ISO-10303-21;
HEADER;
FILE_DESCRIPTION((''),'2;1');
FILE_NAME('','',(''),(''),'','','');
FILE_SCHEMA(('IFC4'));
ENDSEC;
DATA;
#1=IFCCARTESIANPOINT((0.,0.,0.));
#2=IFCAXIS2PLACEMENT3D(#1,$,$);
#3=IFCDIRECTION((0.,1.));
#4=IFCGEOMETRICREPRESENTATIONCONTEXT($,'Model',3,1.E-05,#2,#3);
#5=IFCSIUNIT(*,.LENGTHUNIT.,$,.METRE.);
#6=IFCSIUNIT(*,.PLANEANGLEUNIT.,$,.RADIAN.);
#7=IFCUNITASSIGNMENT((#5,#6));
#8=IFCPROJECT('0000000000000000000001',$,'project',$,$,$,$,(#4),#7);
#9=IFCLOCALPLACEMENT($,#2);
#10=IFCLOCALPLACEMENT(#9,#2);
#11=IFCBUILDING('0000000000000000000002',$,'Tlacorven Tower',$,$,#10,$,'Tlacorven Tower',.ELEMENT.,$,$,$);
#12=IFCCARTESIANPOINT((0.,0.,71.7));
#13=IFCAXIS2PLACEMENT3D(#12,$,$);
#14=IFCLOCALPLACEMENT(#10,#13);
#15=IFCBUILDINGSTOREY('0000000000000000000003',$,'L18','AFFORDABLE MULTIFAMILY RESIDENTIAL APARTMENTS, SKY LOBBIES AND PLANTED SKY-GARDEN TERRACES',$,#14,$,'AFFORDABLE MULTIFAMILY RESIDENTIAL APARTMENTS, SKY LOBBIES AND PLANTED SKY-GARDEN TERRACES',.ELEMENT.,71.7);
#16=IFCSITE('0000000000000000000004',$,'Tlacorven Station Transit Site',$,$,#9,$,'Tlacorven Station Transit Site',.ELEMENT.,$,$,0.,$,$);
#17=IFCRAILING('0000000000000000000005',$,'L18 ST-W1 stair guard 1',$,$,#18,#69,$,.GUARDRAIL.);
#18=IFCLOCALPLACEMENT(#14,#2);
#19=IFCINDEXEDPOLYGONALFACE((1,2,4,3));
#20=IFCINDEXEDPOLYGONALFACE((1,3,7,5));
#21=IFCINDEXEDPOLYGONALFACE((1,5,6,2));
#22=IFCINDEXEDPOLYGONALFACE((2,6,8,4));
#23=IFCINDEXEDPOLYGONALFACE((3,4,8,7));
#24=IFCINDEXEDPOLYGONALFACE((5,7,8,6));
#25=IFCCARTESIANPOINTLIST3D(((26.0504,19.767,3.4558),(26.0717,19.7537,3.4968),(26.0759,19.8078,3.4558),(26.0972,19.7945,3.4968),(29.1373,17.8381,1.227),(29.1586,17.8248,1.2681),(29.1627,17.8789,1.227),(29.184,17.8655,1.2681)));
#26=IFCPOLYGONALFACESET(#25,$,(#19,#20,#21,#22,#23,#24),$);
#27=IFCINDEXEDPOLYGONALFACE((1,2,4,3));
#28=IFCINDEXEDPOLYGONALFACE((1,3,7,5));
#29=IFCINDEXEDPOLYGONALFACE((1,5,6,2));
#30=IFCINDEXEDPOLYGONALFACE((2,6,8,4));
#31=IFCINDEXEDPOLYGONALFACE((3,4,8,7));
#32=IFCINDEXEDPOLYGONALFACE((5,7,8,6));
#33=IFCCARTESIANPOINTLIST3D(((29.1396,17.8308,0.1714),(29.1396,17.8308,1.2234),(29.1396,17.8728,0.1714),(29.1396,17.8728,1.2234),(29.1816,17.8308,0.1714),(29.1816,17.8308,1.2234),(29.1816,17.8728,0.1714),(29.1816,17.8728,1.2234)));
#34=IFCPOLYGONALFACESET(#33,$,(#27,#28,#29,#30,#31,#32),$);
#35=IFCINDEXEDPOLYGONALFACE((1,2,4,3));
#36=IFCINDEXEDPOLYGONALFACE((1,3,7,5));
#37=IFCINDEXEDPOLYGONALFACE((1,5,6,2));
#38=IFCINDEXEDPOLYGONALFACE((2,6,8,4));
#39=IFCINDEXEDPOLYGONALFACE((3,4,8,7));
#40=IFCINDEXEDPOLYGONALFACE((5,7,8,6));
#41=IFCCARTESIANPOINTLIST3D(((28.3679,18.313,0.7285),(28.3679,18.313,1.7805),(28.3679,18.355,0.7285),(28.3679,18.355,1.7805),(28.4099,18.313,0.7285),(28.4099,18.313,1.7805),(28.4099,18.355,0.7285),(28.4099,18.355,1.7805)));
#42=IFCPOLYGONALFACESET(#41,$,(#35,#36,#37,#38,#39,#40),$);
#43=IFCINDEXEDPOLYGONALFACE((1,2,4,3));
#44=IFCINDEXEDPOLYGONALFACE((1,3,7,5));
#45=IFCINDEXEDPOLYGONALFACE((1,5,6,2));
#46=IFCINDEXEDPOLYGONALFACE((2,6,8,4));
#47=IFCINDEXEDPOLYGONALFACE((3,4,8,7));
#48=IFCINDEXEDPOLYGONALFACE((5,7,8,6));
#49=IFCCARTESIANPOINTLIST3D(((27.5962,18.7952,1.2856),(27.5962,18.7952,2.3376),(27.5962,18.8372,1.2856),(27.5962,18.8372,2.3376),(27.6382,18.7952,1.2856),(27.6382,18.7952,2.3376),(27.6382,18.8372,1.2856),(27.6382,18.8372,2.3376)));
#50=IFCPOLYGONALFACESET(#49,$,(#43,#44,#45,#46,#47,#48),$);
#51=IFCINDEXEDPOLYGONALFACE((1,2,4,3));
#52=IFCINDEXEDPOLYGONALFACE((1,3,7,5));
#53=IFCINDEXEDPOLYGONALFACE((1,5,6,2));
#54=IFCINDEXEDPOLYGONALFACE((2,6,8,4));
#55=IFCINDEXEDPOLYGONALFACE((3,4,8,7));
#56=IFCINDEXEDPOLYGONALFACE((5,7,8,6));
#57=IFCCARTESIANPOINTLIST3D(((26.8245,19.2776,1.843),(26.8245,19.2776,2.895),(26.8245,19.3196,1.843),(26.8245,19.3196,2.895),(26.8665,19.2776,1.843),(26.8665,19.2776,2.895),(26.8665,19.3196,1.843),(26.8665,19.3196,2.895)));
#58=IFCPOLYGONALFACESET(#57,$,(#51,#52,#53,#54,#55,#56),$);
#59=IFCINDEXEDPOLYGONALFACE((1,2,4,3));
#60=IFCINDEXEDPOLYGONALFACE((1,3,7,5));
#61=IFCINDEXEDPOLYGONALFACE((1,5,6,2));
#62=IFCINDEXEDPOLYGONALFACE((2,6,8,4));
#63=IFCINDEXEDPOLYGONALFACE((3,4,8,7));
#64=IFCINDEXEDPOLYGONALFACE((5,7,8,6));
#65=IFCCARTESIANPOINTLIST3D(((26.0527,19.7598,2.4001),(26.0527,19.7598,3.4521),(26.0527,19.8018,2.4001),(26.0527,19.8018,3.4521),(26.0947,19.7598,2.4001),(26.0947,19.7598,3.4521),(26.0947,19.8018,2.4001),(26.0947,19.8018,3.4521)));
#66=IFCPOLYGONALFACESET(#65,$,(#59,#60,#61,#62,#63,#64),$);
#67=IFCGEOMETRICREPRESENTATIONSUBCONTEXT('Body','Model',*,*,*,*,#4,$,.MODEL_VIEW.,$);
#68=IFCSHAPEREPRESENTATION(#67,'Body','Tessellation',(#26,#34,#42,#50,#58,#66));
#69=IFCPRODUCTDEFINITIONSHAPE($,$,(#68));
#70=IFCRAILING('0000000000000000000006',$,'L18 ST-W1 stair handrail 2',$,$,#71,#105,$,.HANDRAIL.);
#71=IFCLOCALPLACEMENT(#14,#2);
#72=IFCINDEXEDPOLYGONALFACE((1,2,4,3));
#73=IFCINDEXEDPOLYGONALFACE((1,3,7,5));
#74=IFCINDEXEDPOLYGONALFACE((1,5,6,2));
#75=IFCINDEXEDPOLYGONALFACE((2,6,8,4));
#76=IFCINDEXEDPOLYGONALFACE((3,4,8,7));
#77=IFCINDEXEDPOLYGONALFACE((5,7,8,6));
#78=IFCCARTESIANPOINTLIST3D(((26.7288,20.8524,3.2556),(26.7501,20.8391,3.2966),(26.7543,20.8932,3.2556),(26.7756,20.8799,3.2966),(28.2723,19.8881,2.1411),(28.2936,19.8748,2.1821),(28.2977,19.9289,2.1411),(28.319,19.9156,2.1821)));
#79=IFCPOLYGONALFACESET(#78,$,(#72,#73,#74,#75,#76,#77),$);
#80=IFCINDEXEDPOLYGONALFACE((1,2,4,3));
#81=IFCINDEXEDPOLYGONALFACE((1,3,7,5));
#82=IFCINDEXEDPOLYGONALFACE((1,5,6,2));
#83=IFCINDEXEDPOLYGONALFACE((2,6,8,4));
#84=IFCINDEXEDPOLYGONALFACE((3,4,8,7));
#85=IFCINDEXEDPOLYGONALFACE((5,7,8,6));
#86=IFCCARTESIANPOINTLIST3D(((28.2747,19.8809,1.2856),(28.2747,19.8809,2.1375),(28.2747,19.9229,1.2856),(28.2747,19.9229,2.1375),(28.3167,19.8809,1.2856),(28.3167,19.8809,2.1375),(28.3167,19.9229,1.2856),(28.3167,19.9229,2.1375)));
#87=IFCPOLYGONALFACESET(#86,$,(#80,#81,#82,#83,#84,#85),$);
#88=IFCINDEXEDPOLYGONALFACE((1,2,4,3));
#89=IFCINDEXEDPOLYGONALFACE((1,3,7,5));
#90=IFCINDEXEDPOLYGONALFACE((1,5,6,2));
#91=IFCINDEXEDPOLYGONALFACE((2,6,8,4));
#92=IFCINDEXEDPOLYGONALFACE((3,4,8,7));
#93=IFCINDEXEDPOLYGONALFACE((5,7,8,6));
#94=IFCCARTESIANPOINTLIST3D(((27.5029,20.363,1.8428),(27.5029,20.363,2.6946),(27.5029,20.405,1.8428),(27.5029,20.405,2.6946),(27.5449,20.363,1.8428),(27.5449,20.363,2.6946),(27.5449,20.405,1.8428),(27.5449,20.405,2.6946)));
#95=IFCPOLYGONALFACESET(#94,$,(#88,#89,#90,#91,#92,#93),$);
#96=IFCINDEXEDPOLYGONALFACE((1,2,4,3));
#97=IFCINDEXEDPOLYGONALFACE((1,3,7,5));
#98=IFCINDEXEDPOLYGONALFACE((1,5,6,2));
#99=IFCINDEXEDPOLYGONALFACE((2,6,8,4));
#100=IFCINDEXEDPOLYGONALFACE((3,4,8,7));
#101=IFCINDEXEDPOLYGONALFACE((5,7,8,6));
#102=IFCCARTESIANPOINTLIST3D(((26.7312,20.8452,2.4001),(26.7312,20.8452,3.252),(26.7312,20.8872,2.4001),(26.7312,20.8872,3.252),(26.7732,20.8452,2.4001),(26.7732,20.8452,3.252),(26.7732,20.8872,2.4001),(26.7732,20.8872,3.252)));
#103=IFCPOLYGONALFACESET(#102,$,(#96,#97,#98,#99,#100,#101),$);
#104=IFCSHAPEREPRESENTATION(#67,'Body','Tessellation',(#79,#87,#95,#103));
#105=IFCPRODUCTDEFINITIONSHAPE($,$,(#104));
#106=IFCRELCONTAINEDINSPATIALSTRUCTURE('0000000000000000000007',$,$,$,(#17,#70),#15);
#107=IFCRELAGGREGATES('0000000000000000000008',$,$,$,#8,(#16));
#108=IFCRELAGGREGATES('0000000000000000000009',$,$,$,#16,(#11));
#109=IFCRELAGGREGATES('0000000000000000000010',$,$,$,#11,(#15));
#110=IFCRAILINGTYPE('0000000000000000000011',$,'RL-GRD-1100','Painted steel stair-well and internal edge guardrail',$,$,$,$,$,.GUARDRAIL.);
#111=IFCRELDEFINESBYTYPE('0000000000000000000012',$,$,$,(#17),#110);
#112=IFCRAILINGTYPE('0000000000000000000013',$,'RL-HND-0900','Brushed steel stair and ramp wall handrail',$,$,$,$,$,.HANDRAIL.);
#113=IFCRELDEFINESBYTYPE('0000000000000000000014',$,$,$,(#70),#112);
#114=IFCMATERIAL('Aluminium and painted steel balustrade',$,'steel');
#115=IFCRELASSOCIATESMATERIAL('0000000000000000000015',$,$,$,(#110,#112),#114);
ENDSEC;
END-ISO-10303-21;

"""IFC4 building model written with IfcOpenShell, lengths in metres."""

from ifc_helpers import new_model, si_unit, direction, frame, origin, origin_2d, place, context, subcontext, project, spatial, rectangle, extrude, source, transform, mapped, material, type_object, element, save


model = new_model("IFC4")

# Units and contexts
model_context = context("Model", 3, precision=1e-05, world=origin(), true_north=direction((0.0, 1.0)))
body_context = subcontext(model_context, "Body", "Model", "MODEL_VIEW")
ifc_project = project(units=[si_unit("LENGTHUNIT", "METRE"), si_unit("PLANEANGLEUNIT", "RADIAN")], contexts=[model_context])

# Site, building, storey
site_placement = place(None, origin())
site = spatial("IfcSite", under=ifc_project, at=site_placement, Name="Tlacorven Station Transit Site", LongName="Tlacorven Station Transit Site", CompositionType="ELEMENT", RefElevation=0.0)
building_placement = place(site_placement, origin())
building = spatial("IfcBuilding", under=site, at=building_placement, Name="Tlacorven Tower", LongName="Tlacorven Tower", CompositionType="ELEMENT")
storey_placement = place(building_placement, frame((0.0, 0.0, 71.7)))
storey = spatial("IfcBuildingStorey", under=building, at=storey_placement, Name="L18", Description="AFFORDABLE MULTIFAMILY RESIDENTIAL APARTMENTS, SKY LOBBIES AND PLANTED SKY-GARDEN TERRACES", LongName="AFFORDABLE MULTIFAMILY RESIDENTIAL APARTMENTS, SKY LOBBIES AND PLANTED SKY-GARDEN TERRACES", CompositionType="ELEMENT", Elevation=71.7)

# Shared definitions
ifc_material_1 = material(Name="Aluminium and painted steel balustrade", Category="steel")
railing_type_1 = type_object("IfcRailingType", Name="RL-GRD-1100", Description="Painted steel stair-well and internal edge guardrail", PredefinedType="GUARDRAIL", material=ifc_material_1)

# Railings
railing_type_2 = type_object("IfcRailingType", Name="RL-HND-0900", Description="Brushed steel stair and ramp wall handrail", PredefinedType="HANDRAIL", material=ifc_material_1)
shared_shape_1 = source(origin(), body_context, "Body", "SweptSolid", [
    extrude(rectangle(XDim=0.0481, YDim=0.0481, at=origin_2d()), frame((0.0, 0.0, 1.0762), z_axis=(-0.723241, 0.45194, 0.522182), x_axis=(-0.529927, -0.848044, 0.0)), (0.0, 0.0, 1.0), 4.2681),
    extrude(rectangle(XDim=0.042, YDim=0.042, at=origin_2d()), origin(), (0.0, 0.0, 1.0), 1.052),
    extrude(rectangle(XDim=0.042, YDim=0.042, at=origin_2d()), frame((-0.7717, 0.4822, 0.5571)), (0.0, 0.0, 1.0), 1.052),
    extrude(rectangle(XDim=0.042, YDim=0.042, at=origin_2d()), frame((-1.5435, 0.9644, 1.1143)), (0.0, 0.0, 1.0), 1.052),
    extrude(rectangle(XDim=0.042, YDim=0.042, at=origin_2d()), frame((-2.3152, 1.4468, 1.6716)), (0.0, 0.0, 1.0), 1.052),
    extrude(rectangle(XDim=0.042, YDim=0.042, at=origin_2d()), frame((-3.0869, 1.929, 2.2288)), (0.0, 0.0, 1.0), 1.052),
])
railing_1_placement = place(storey_placement, frame((29.1606, 17.8518, 0.1714)))
element("IfcRailing", 1, at=railing_1_placement, inside=storey, type_object=railing_type_1, Name="L18 ST-W1 stair guard 1", PredefinedType="GUARDRAIL", context=body_context, shape_type="MappedRepresentation", body=[
    mapped(shared_shape_1, transform((0.0, 0.0, 0.0), scale=1.0)),
])
shared_shape_2 = source(origin(), body_context, "Body", "SweptSolid", [
    extrude(rectangle(XDim=0.0481, YDim=0.0481, at=origin_2d()), frame((0.0, 0.0, 0.876), z_axis=(-0.723238, 0.451881, 0.522237), x_axis=(-0.529878, -0.848074, 0.0)), (0.0, 0.0, 1.0), 2.134),
    extrude(rectangle(XDim=0.042, YDim=0.042, at=origin_2d()), origin(), (0.0, 0.0, 1.0), 0.8518),
    extrude(rectangle(XDim=0.042, YDim=0.042, at=origin_2d()), frame((-0.7717, 0.4822, 0.5571)), (0.0, 0.0, 1.0), 0.8518),
    extrude(rectangle(XDim=0.042, YDim=0.042, at=origin_2d()), frame((-1.5435, 0.9644, 1.1145)), (0.0, 0.0, 1.0), 0.8518),
])
railing_2_placement = place(storey_placement, frame((28.2957, 19.9019, 1.2856)))
element("IfcRailing", 2, at=railing_2_placement, inside=storey, type_object=railing_type_2, Name="L18 ST-W1 stair handrail 2", PredefinedType="HANDRAIL", context=body_context, shape_type="MappedRepresentation", body=[
    mapped(shared_shape_2, transform((0.0, 0.0, 0.0), scale=1.0)),
])

save(model, "model.ifc")
